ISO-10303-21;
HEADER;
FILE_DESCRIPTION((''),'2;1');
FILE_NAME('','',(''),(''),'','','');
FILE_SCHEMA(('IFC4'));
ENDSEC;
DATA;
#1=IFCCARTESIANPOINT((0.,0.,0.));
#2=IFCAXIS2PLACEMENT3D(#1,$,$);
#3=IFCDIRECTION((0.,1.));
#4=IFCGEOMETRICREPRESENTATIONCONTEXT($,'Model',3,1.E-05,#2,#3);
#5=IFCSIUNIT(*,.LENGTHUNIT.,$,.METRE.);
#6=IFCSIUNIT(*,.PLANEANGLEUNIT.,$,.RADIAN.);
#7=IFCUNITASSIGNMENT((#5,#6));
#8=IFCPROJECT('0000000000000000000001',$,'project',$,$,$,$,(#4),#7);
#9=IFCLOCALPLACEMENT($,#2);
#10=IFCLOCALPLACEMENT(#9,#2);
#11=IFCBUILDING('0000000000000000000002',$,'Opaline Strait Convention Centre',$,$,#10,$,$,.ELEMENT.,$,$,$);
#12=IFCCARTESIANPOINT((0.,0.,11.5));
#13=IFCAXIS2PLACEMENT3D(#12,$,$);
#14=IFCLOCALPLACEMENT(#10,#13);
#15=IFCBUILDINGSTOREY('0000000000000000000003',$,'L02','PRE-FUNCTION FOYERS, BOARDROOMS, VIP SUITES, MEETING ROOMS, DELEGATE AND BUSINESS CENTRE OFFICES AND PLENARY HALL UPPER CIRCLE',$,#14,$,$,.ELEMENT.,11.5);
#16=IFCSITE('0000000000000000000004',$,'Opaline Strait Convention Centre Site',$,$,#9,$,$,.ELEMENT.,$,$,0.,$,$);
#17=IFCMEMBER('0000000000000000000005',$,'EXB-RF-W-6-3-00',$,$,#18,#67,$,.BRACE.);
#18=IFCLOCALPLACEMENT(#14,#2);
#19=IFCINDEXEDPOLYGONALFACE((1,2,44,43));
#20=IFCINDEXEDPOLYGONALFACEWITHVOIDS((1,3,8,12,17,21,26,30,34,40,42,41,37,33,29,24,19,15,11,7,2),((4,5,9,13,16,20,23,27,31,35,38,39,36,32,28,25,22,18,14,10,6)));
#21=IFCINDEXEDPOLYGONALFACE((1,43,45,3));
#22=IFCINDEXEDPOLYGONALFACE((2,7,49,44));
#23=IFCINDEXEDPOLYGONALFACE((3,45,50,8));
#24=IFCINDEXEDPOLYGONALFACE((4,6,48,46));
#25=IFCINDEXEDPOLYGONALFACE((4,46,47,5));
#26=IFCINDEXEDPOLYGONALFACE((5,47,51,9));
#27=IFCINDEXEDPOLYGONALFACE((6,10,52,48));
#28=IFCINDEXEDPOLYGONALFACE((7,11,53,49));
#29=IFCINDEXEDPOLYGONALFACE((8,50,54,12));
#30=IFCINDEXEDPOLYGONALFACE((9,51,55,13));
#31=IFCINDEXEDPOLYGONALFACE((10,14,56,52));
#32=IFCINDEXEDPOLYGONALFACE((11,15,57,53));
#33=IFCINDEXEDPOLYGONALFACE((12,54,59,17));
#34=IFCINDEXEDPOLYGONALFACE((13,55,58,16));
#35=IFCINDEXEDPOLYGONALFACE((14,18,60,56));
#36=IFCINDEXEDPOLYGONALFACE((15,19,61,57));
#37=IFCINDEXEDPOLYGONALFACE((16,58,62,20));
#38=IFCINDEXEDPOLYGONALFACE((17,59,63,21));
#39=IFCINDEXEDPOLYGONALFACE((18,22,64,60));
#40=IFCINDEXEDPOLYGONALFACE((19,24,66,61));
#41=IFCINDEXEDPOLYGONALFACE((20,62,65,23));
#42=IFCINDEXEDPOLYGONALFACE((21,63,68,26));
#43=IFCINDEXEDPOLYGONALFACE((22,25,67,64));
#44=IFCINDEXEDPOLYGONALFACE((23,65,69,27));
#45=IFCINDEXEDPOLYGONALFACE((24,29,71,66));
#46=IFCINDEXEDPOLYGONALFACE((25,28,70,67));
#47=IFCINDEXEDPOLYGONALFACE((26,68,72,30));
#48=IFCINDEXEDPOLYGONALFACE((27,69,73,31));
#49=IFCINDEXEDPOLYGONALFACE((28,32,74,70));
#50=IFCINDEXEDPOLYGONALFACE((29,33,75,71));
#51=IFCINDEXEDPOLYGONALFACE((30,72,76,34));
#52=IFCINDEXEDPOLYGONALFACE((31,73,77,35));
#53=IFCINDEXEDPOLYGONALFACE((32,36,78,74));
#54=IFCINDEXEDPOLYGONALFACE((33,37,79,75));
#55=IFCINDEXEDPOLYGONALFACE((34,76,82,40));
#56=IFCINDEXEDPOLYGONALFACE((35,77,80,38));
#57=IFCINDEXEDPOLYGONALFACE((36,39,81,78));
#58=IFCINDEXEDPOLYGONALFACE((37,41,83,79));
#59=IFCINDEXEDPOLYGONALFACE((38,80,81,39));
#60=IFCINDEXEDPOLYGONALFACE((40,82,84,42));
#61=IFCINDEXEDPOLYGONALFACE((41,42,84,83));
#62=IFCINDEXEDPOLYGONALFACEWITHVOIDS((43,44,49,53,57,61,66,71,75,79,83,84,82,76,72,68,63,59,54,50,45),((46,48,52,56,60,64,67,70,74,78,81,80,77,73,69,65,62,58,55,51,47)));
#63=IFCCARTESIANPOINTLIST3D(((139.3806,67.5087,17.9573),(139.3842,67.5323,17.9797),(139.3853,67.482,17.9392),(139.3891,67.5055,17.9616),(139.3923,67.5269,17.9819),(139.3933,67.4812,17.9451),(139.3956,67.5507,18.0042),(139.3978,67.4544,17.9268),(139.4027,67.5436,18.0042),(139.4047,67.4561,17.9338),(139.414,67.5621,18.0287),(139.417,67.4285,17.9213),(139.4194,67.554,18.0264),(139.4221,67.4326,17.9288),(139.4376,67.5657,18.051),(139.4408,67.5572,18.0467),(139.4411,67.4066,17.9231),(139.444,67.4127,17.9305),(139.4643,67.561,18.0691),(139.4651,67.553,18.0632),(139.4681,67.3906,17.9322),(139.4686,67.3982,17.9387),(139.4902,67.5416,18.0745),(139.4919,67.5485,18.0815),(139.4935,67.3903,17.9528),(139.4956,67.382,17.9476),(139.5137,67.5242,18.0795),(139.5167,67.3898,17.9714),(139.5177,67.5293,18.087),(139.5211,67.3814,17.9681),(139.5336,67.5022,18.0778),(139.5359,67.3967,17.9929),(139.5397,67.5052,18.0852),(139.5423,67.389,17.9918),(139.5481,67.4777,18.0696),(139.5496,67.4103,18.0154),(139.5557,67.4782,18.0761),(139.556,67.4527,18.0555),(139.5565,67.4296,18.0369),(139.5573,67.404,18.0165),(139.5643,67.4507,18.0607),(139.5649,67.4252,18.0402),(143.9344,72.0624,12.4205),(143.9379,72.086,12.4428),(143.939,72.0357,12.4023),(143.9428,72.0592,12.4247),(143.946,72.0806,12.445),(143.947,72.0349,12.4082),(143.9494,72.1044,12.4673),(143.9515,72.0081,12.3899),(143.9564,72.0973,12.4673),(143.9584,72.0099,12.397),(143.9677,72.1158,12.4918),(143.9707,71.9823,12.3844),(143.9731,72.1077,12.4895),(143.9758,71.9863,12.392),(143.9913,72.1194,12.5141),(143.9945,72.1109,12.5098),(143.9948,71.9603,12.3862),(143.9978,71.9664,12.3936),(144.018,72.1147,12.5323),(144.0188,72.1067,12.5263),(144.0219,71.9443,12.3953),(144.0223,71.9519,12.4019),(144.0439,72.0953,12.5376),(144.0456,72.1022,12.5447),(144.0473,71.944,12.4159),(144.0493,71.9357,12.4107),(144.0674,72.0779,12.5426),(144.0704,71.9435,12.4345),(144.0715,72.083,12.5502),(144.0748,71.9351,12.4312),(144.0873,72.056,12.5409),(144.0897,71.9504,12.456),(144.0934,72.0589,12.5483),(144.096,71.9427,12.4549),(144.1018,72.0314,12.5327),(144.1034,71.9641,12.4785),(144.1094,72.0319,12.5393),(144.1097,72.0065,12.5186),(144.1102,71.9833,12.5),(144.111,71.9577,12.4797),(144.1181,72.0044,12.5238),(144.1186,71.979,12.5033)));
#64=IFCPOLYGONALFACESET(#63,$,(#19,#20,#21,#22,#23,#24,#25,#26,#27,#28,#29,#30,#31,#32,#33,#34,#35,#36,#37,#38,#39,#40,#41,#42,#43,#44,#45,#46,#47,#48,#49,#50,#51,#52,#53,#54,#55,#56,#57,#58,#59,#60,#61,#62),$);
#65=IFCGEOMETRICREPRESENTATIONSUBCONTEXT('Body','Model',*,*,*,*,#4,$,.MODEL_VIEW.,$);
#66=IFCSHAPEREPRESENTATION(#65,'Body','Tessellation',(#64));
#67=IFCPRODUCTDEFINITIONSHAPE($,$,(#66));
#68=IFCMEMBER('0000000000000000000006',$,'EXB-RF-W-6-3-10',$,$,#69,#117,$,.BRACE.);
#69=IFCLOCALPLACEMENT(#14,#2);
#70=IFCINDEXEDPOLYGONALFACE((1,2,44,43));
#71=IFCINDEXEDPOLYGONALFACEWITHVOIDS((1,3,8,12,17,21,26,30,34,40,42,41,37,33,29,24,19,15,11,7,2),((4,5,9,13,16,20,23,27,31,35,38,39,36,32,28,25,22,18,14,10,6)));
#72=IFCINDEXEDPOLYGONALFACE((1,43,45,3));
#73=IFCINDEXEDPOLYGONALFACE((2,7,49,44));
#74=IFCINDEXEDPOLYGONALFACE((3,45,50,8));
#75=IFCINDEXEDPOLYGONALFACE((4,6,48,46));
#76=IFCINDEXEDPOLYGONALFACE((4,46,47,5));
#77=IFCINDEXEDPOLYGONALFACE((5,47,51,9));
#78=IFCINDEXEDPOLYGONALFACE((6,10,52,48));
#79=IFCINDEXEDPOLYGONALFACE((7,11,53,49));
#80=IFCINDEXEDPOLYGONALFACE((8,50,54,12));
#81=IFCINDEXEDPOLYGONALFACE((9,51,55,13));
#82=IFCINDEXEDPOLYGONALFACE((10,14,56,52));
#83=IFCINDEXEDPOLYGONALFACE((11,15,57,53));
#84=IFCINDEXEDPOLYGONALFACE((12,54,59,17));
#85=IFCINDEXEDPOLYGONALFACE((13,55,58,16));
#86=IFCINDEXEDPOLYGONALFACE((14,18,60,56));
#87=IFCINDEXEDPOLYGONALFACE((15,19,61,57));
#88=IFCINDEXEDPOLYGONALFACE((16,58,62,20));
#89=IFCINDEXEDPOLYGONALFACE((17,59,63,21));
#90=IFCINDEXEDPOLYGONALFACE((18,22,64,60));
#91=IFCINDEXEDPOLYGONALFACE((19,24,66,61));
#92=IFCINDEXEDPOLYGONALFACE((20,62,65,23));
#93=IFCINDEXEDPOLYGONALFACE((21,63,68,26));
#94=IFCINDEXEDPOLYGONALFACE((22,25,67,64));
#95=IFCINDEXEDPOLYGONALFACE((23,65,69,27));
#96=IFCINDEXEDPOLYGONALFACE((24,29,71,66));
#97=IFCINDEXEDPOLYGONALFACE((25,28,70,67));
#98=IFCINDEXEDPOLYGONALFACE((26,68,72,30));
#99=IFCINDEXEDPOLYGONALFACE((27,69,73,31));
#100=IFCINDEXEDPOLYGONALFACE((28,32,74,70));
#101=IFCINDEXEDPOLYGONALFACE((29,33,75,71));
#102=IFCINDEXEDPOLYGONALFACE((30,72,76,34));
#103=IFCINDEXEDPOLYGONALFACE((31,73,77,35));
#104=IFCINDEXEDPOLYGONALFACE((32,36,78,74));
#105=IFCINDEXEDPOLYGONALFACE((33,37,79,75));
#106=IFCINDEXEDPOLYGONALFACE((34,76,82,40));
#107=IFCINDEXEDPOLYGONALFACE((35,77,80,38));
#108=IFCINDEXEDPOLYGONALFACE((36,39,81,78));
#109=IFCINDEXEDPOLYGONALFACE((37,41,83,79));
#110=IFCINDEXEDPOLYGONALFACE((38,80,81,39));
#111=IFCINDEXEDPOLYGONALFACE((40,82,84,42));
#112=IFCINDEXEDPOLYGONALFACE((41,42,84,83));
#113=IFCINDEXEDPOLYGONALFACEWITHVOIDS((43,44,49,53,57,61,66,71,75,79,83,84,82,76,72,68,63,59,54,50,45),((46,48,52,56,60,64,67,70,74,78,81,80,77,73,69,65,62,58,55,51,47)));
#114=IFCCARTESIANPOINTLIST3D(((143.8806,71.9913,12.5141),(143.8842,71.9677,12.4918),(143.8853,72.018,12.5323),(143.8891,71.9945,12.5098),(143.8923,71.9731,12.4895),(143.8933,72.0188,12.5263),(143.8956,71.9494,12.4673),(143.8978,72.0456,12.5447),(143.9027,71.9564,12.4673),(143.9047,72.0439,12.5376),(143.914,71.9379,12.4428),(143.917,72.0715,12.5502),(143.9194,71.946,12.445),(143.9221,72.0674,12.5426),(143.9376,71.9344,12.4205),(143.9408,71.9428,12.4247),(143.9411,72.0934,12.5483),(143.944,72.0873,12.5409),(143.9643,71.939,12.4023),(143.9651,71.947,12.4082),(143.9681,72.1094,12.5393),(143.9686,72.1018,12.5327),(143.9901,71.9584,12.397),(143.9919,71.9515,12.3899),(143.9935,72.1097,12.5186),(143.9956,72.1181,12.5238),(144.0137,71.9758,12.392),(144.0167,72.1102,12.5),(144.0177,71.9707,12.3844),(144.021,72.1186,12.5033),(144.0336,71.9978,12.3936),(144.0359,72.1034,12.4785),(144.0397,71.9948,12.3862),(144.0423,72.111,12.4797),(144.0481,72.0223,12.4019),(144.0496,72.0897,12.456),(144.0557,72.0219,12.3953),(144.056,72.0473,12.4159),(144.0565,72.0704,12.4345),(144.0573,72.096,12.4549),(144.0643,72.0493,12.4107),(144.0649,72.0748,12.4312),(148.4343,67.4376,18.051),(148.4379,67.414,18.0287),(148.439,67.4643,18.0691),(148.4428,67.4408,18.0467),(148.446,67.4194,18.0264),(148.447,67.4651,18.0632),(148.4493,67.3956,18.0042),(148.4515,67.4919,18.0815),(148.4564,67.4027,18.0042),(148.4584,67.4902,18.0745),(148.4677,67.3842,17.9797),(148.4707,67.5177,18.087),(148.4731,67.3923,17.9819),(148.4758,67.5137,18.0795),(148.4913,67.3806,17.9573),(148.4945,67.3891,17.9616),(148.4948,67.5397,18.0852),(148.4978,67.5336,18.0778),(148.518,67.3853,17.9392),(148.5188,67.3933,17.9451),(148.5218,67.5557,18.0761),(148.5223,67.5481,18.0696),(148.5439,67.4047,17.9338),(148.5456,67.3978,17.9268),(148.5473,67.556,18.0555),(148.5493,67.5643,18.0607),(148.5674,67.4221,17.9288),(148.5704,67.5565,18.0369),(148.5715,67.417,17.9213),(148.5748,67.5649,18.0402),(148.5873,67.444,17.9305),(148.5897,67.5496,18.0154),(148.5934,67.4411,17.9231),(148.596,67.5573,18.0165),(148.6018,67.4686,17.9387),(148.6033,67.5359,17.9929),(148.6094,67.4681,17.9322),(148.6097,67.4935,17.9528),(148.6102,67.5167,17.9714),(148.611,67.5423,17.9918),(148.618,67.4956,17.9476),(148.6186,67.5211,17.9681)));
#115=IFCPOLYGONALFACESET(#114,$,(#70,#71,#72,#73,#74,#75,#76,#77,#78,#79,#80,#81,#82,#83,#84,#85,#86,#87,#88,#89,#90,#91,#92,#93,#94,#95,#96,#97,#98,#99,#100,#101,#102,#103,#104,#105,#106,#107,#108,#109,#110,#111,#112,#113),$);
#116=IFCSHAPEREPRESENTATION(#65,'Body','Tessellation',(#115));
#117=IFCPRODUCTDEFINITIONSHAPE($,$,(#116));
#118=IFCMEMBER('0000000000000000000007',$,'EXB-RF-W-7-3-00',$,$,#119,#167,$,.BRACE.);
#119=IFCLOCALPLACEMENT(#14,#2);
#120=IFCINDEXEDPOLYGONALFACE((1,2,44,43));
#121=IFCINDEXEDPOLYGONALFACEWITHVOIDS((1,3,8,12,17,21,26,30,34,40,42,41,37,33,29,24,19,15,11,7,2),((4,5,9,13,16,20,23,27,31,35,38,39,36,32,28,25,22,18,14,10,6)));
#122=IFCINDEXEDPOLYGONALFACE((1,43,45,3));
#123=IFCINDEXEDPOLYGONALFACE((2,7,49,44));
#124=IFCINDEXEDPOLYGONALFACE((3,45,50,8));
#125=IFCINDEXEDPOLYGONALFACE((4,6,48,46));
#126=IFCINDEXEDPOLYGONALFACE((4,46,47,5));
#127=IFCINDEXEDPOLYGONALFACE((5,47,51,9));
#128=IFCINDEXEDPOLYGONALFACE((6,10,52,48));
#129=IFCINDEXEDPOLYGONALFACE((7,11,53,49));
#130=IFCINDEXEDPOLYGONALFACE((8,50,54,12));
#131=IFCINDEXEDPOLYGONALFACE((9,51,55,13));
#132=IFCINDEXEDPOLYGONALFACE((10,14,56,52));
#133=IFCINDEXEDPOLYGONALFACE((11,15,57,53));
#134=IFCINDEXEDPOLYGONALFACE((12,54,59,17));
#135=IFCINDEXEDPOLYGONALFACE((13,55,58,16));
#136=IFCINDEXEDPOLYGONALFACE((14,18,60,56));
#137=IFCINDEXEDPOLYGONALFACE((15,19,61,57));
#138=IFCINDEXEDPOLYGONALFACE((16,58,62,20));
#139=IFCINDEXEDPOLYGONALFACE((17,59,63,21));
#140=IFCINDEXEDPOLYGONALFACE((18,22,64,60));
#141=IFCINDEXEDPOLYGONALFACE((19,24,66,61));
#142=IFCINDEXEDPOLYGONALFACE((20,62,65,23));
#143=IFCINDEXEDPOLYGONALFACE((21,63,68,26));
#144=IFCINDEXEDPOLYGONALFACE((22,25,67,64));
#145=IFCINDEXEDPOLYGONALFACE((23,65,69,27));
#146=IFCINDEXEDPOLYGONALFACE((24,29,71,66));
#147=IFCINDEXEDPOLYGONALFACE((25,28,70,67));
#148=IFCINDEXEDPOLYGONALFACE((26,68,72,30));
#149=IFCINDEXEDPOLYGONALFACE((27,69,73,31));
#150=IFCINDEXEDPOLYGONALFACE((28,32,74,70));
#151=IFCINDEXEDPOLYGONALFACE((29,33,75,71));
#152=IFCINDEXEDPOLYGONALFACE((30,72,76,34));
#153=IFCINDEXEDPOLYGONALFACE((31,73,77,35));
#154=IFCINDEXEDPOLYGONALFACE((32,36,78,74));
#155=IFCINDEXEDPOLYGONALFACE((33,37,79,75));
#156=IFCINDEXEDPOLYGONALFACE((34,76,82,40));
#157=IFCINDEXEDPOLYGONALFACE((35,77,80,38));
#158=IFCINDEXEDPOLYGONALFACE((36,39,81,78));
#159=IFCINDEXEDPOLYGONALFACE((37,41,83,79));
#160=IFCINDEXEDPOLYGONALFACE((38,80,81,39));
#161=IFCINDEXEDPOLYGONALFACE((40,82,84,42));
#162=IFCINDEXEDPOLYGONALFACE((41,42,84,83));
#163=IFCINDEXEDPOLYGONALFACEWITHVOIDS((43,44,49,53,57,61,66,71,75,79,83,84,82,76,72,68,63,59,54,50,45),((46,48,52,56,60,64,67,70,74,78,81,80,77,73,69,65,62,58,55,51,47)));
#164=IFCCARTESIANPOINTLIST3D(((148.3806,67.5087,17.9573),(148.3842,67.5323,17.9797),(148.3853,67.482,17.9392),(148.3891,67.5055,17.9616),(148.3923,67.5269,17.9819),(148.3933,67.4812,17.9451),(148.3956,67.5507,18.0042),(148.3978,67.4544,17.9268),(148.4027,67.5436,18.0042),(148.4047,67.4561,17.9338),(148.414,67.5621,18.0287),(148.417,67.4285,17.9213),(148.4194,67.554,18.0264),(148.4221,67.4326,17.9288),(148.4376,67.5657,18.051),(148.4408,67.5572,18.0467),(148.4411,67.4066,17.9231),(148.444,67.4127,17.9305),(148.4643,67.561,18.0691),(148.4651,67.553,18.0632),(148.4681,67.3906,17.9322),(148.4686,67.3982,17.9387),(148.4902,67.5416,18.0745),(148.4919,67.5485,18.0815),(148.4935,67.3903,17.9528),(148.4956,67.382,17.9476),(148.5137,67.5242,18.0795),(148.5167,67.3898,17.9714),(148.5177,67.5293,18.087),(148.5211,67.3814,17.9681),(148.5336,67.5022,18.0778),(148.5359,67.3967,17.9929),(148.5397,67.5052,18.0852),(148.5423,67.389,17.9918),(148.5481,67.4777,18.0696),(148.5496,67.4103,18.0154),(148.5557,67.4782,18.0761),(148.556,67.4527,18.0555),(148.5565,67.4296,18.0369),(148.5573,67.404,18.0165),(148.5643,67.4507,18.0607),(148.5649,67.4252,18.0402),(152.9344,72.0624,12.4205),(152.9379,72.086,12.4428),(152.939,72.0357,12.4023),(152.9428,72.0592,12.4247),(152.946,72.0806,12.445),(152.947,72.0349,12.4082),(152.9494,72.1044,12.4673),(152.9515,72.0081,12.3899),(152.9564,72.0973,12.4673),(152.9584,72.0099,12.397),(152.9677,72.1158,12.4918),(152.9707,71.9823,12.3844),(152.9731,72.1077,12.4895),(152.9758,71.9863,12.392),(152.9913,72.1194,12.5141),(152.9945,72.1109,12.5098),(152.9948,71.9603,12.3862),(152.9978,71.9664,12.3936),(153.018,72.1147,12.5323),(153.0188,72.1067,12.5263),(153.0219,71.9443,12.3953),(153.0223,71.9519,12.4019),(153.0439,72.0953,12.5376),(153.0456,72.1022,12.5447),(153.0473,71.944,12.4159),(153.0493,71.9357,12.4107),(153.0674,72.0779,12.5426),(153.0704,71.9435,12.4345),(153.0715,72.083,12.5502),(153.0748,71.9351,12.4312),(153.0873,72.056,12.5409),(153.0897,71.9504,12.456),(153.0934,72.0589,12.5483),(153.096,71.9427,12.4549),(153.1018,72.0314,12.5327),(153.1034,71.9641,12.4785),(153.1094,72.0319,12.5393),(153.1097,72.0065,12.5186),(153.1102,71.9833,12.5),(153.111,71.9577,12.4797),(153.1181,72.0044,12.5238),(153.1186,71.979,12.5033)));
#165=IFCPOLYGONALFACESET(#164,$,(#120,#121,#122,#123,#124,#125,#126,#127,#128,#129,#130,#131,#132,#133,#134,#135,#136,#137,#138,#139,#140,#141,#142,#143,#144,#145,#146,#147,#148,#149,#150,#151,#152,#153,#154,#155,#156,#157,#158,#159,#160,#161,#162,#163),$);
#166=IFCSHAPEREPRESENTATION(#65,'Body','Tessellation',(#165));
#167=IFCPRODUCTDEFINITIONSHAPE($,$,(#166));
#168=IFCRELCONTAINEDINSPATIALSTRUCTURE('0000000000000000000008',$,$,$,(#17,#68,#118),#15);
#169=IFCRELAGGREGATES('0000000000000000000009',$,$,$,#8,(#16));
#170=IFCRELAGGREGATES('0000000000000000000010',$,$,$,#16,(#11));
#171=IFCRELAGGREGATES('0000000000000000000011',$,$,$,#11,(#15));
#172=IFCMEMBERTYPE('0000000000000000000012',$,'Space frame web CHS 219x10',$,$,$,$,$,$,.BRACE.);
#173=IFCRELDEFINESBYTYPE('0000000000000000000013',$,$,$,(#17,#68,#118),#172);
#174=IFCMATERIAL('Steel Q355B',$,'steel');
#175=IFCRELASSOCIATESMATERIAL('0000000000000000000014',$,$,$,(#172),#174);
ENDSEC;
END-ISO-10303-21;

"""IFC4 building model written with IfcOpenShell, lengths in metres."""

from ifc_helpers import new_model, si_unit, direction, frame, origin, origin_2d, place, context, subcontext, project, spatial, hollow_circle, extrude, material, material_profile, profile_set, type_object, element, save


model = new_model("IFC4")

# Units and contexts
model_context = context("Model", 3, precision=1e-05, world=origin(), true_north=direction((0.0, 1.0)))
body_context = subcontext(model_context, "Body", "Model", "MODEL_VIEW")
ifc_project = project(units=[si_unit("LENGTHUNIT", "METRE"), si_unit("PLANEANGLEUNIT", "RADIAN")], contexts=[model_context])

# Site, building, storey
site_placement = place(None, origin())
site = spatial("IfcSite", under=ifc_project, at=site_placement, Name="Opaline Strait Convention Centre Site", CompositionType="ELEMENT", RefElevation=0.0)
building_placement = place(site_placement, origin())
building = spatial("IfcBuilding", under=site, at=building_placement, Name="Opaline Strait Convention Centre", CompositionType="ELEMENT")
storey_placement = place(building_placement, frame((0.0, 0.0, 11.5)))
storey = spatial("IfcBuildingStorey", under=building, at=storey_placement, Name="L02", Description="PRE-FUNCTION FOYERS, BOARDROOMS, VIP SUITES, MEETING ROOMS, DELEGATE AND BUSINESS CENTRE OFFICES AND PLENARY HALL UPPER CIRCLE", CompositionType="ELEMENT", Elevation=11.5)

# Members
ifc_material = material(Name="Steel Q355B", Category="steel")
ifc_material_profile_1 = material_profile(ifc_material, hollow_circle(Radius=0.1096, WallThickness=0.01, at=origin_2d()), Name="CHS 219x10")
ifc_profile_set_1 = profile_set([ifc_material_profile_1], Name="Steel Q355B")
member_type_1 = type_object("IfcMemberType", Name="Space frame web CHS 219x10", PredefinedType="BRACE", material=ifc_profile_set_1)
for number, where, z_axis, x_axis, name in (
    (1, (139.4731, 67.4731, 18.0042), (0.536178, 0.536178, -0.65194), (-0.707107, 0.707107, 0.0), "EXB-RF-W-6-3-00"),
    (2, (148.5269, 67.4731, 18.0042), (-0.536178, 0.536178, -0.65194), (-0.707107, -0.707107, 0.0), "EXB-RF-W-6-3-10"),
    (3, (148.4731, 67.4731, 18.0042), (0.536178, 0.536178, -0.65194), (-0.707107, 0.707107, 0.0), "EXB-RF-W-7-3-00"),
):
    element("IfcMember", number, at=place(storey_placement, frame(where, z_axis=z_axis, x_axis=x_axis)), inside=storey, type_object=member_type_1, Name=name, PredefinedType="BRACE", context=body_context, shape_type="SweptSolid", body=[
        extrude(hollow_circle(Radius=0.1096, WallThickness=0.01, at=origin_2d()), origin(), (0.0, 0.0, 1.0), 8.4929),
    ])

save(model, "model.ifc")
